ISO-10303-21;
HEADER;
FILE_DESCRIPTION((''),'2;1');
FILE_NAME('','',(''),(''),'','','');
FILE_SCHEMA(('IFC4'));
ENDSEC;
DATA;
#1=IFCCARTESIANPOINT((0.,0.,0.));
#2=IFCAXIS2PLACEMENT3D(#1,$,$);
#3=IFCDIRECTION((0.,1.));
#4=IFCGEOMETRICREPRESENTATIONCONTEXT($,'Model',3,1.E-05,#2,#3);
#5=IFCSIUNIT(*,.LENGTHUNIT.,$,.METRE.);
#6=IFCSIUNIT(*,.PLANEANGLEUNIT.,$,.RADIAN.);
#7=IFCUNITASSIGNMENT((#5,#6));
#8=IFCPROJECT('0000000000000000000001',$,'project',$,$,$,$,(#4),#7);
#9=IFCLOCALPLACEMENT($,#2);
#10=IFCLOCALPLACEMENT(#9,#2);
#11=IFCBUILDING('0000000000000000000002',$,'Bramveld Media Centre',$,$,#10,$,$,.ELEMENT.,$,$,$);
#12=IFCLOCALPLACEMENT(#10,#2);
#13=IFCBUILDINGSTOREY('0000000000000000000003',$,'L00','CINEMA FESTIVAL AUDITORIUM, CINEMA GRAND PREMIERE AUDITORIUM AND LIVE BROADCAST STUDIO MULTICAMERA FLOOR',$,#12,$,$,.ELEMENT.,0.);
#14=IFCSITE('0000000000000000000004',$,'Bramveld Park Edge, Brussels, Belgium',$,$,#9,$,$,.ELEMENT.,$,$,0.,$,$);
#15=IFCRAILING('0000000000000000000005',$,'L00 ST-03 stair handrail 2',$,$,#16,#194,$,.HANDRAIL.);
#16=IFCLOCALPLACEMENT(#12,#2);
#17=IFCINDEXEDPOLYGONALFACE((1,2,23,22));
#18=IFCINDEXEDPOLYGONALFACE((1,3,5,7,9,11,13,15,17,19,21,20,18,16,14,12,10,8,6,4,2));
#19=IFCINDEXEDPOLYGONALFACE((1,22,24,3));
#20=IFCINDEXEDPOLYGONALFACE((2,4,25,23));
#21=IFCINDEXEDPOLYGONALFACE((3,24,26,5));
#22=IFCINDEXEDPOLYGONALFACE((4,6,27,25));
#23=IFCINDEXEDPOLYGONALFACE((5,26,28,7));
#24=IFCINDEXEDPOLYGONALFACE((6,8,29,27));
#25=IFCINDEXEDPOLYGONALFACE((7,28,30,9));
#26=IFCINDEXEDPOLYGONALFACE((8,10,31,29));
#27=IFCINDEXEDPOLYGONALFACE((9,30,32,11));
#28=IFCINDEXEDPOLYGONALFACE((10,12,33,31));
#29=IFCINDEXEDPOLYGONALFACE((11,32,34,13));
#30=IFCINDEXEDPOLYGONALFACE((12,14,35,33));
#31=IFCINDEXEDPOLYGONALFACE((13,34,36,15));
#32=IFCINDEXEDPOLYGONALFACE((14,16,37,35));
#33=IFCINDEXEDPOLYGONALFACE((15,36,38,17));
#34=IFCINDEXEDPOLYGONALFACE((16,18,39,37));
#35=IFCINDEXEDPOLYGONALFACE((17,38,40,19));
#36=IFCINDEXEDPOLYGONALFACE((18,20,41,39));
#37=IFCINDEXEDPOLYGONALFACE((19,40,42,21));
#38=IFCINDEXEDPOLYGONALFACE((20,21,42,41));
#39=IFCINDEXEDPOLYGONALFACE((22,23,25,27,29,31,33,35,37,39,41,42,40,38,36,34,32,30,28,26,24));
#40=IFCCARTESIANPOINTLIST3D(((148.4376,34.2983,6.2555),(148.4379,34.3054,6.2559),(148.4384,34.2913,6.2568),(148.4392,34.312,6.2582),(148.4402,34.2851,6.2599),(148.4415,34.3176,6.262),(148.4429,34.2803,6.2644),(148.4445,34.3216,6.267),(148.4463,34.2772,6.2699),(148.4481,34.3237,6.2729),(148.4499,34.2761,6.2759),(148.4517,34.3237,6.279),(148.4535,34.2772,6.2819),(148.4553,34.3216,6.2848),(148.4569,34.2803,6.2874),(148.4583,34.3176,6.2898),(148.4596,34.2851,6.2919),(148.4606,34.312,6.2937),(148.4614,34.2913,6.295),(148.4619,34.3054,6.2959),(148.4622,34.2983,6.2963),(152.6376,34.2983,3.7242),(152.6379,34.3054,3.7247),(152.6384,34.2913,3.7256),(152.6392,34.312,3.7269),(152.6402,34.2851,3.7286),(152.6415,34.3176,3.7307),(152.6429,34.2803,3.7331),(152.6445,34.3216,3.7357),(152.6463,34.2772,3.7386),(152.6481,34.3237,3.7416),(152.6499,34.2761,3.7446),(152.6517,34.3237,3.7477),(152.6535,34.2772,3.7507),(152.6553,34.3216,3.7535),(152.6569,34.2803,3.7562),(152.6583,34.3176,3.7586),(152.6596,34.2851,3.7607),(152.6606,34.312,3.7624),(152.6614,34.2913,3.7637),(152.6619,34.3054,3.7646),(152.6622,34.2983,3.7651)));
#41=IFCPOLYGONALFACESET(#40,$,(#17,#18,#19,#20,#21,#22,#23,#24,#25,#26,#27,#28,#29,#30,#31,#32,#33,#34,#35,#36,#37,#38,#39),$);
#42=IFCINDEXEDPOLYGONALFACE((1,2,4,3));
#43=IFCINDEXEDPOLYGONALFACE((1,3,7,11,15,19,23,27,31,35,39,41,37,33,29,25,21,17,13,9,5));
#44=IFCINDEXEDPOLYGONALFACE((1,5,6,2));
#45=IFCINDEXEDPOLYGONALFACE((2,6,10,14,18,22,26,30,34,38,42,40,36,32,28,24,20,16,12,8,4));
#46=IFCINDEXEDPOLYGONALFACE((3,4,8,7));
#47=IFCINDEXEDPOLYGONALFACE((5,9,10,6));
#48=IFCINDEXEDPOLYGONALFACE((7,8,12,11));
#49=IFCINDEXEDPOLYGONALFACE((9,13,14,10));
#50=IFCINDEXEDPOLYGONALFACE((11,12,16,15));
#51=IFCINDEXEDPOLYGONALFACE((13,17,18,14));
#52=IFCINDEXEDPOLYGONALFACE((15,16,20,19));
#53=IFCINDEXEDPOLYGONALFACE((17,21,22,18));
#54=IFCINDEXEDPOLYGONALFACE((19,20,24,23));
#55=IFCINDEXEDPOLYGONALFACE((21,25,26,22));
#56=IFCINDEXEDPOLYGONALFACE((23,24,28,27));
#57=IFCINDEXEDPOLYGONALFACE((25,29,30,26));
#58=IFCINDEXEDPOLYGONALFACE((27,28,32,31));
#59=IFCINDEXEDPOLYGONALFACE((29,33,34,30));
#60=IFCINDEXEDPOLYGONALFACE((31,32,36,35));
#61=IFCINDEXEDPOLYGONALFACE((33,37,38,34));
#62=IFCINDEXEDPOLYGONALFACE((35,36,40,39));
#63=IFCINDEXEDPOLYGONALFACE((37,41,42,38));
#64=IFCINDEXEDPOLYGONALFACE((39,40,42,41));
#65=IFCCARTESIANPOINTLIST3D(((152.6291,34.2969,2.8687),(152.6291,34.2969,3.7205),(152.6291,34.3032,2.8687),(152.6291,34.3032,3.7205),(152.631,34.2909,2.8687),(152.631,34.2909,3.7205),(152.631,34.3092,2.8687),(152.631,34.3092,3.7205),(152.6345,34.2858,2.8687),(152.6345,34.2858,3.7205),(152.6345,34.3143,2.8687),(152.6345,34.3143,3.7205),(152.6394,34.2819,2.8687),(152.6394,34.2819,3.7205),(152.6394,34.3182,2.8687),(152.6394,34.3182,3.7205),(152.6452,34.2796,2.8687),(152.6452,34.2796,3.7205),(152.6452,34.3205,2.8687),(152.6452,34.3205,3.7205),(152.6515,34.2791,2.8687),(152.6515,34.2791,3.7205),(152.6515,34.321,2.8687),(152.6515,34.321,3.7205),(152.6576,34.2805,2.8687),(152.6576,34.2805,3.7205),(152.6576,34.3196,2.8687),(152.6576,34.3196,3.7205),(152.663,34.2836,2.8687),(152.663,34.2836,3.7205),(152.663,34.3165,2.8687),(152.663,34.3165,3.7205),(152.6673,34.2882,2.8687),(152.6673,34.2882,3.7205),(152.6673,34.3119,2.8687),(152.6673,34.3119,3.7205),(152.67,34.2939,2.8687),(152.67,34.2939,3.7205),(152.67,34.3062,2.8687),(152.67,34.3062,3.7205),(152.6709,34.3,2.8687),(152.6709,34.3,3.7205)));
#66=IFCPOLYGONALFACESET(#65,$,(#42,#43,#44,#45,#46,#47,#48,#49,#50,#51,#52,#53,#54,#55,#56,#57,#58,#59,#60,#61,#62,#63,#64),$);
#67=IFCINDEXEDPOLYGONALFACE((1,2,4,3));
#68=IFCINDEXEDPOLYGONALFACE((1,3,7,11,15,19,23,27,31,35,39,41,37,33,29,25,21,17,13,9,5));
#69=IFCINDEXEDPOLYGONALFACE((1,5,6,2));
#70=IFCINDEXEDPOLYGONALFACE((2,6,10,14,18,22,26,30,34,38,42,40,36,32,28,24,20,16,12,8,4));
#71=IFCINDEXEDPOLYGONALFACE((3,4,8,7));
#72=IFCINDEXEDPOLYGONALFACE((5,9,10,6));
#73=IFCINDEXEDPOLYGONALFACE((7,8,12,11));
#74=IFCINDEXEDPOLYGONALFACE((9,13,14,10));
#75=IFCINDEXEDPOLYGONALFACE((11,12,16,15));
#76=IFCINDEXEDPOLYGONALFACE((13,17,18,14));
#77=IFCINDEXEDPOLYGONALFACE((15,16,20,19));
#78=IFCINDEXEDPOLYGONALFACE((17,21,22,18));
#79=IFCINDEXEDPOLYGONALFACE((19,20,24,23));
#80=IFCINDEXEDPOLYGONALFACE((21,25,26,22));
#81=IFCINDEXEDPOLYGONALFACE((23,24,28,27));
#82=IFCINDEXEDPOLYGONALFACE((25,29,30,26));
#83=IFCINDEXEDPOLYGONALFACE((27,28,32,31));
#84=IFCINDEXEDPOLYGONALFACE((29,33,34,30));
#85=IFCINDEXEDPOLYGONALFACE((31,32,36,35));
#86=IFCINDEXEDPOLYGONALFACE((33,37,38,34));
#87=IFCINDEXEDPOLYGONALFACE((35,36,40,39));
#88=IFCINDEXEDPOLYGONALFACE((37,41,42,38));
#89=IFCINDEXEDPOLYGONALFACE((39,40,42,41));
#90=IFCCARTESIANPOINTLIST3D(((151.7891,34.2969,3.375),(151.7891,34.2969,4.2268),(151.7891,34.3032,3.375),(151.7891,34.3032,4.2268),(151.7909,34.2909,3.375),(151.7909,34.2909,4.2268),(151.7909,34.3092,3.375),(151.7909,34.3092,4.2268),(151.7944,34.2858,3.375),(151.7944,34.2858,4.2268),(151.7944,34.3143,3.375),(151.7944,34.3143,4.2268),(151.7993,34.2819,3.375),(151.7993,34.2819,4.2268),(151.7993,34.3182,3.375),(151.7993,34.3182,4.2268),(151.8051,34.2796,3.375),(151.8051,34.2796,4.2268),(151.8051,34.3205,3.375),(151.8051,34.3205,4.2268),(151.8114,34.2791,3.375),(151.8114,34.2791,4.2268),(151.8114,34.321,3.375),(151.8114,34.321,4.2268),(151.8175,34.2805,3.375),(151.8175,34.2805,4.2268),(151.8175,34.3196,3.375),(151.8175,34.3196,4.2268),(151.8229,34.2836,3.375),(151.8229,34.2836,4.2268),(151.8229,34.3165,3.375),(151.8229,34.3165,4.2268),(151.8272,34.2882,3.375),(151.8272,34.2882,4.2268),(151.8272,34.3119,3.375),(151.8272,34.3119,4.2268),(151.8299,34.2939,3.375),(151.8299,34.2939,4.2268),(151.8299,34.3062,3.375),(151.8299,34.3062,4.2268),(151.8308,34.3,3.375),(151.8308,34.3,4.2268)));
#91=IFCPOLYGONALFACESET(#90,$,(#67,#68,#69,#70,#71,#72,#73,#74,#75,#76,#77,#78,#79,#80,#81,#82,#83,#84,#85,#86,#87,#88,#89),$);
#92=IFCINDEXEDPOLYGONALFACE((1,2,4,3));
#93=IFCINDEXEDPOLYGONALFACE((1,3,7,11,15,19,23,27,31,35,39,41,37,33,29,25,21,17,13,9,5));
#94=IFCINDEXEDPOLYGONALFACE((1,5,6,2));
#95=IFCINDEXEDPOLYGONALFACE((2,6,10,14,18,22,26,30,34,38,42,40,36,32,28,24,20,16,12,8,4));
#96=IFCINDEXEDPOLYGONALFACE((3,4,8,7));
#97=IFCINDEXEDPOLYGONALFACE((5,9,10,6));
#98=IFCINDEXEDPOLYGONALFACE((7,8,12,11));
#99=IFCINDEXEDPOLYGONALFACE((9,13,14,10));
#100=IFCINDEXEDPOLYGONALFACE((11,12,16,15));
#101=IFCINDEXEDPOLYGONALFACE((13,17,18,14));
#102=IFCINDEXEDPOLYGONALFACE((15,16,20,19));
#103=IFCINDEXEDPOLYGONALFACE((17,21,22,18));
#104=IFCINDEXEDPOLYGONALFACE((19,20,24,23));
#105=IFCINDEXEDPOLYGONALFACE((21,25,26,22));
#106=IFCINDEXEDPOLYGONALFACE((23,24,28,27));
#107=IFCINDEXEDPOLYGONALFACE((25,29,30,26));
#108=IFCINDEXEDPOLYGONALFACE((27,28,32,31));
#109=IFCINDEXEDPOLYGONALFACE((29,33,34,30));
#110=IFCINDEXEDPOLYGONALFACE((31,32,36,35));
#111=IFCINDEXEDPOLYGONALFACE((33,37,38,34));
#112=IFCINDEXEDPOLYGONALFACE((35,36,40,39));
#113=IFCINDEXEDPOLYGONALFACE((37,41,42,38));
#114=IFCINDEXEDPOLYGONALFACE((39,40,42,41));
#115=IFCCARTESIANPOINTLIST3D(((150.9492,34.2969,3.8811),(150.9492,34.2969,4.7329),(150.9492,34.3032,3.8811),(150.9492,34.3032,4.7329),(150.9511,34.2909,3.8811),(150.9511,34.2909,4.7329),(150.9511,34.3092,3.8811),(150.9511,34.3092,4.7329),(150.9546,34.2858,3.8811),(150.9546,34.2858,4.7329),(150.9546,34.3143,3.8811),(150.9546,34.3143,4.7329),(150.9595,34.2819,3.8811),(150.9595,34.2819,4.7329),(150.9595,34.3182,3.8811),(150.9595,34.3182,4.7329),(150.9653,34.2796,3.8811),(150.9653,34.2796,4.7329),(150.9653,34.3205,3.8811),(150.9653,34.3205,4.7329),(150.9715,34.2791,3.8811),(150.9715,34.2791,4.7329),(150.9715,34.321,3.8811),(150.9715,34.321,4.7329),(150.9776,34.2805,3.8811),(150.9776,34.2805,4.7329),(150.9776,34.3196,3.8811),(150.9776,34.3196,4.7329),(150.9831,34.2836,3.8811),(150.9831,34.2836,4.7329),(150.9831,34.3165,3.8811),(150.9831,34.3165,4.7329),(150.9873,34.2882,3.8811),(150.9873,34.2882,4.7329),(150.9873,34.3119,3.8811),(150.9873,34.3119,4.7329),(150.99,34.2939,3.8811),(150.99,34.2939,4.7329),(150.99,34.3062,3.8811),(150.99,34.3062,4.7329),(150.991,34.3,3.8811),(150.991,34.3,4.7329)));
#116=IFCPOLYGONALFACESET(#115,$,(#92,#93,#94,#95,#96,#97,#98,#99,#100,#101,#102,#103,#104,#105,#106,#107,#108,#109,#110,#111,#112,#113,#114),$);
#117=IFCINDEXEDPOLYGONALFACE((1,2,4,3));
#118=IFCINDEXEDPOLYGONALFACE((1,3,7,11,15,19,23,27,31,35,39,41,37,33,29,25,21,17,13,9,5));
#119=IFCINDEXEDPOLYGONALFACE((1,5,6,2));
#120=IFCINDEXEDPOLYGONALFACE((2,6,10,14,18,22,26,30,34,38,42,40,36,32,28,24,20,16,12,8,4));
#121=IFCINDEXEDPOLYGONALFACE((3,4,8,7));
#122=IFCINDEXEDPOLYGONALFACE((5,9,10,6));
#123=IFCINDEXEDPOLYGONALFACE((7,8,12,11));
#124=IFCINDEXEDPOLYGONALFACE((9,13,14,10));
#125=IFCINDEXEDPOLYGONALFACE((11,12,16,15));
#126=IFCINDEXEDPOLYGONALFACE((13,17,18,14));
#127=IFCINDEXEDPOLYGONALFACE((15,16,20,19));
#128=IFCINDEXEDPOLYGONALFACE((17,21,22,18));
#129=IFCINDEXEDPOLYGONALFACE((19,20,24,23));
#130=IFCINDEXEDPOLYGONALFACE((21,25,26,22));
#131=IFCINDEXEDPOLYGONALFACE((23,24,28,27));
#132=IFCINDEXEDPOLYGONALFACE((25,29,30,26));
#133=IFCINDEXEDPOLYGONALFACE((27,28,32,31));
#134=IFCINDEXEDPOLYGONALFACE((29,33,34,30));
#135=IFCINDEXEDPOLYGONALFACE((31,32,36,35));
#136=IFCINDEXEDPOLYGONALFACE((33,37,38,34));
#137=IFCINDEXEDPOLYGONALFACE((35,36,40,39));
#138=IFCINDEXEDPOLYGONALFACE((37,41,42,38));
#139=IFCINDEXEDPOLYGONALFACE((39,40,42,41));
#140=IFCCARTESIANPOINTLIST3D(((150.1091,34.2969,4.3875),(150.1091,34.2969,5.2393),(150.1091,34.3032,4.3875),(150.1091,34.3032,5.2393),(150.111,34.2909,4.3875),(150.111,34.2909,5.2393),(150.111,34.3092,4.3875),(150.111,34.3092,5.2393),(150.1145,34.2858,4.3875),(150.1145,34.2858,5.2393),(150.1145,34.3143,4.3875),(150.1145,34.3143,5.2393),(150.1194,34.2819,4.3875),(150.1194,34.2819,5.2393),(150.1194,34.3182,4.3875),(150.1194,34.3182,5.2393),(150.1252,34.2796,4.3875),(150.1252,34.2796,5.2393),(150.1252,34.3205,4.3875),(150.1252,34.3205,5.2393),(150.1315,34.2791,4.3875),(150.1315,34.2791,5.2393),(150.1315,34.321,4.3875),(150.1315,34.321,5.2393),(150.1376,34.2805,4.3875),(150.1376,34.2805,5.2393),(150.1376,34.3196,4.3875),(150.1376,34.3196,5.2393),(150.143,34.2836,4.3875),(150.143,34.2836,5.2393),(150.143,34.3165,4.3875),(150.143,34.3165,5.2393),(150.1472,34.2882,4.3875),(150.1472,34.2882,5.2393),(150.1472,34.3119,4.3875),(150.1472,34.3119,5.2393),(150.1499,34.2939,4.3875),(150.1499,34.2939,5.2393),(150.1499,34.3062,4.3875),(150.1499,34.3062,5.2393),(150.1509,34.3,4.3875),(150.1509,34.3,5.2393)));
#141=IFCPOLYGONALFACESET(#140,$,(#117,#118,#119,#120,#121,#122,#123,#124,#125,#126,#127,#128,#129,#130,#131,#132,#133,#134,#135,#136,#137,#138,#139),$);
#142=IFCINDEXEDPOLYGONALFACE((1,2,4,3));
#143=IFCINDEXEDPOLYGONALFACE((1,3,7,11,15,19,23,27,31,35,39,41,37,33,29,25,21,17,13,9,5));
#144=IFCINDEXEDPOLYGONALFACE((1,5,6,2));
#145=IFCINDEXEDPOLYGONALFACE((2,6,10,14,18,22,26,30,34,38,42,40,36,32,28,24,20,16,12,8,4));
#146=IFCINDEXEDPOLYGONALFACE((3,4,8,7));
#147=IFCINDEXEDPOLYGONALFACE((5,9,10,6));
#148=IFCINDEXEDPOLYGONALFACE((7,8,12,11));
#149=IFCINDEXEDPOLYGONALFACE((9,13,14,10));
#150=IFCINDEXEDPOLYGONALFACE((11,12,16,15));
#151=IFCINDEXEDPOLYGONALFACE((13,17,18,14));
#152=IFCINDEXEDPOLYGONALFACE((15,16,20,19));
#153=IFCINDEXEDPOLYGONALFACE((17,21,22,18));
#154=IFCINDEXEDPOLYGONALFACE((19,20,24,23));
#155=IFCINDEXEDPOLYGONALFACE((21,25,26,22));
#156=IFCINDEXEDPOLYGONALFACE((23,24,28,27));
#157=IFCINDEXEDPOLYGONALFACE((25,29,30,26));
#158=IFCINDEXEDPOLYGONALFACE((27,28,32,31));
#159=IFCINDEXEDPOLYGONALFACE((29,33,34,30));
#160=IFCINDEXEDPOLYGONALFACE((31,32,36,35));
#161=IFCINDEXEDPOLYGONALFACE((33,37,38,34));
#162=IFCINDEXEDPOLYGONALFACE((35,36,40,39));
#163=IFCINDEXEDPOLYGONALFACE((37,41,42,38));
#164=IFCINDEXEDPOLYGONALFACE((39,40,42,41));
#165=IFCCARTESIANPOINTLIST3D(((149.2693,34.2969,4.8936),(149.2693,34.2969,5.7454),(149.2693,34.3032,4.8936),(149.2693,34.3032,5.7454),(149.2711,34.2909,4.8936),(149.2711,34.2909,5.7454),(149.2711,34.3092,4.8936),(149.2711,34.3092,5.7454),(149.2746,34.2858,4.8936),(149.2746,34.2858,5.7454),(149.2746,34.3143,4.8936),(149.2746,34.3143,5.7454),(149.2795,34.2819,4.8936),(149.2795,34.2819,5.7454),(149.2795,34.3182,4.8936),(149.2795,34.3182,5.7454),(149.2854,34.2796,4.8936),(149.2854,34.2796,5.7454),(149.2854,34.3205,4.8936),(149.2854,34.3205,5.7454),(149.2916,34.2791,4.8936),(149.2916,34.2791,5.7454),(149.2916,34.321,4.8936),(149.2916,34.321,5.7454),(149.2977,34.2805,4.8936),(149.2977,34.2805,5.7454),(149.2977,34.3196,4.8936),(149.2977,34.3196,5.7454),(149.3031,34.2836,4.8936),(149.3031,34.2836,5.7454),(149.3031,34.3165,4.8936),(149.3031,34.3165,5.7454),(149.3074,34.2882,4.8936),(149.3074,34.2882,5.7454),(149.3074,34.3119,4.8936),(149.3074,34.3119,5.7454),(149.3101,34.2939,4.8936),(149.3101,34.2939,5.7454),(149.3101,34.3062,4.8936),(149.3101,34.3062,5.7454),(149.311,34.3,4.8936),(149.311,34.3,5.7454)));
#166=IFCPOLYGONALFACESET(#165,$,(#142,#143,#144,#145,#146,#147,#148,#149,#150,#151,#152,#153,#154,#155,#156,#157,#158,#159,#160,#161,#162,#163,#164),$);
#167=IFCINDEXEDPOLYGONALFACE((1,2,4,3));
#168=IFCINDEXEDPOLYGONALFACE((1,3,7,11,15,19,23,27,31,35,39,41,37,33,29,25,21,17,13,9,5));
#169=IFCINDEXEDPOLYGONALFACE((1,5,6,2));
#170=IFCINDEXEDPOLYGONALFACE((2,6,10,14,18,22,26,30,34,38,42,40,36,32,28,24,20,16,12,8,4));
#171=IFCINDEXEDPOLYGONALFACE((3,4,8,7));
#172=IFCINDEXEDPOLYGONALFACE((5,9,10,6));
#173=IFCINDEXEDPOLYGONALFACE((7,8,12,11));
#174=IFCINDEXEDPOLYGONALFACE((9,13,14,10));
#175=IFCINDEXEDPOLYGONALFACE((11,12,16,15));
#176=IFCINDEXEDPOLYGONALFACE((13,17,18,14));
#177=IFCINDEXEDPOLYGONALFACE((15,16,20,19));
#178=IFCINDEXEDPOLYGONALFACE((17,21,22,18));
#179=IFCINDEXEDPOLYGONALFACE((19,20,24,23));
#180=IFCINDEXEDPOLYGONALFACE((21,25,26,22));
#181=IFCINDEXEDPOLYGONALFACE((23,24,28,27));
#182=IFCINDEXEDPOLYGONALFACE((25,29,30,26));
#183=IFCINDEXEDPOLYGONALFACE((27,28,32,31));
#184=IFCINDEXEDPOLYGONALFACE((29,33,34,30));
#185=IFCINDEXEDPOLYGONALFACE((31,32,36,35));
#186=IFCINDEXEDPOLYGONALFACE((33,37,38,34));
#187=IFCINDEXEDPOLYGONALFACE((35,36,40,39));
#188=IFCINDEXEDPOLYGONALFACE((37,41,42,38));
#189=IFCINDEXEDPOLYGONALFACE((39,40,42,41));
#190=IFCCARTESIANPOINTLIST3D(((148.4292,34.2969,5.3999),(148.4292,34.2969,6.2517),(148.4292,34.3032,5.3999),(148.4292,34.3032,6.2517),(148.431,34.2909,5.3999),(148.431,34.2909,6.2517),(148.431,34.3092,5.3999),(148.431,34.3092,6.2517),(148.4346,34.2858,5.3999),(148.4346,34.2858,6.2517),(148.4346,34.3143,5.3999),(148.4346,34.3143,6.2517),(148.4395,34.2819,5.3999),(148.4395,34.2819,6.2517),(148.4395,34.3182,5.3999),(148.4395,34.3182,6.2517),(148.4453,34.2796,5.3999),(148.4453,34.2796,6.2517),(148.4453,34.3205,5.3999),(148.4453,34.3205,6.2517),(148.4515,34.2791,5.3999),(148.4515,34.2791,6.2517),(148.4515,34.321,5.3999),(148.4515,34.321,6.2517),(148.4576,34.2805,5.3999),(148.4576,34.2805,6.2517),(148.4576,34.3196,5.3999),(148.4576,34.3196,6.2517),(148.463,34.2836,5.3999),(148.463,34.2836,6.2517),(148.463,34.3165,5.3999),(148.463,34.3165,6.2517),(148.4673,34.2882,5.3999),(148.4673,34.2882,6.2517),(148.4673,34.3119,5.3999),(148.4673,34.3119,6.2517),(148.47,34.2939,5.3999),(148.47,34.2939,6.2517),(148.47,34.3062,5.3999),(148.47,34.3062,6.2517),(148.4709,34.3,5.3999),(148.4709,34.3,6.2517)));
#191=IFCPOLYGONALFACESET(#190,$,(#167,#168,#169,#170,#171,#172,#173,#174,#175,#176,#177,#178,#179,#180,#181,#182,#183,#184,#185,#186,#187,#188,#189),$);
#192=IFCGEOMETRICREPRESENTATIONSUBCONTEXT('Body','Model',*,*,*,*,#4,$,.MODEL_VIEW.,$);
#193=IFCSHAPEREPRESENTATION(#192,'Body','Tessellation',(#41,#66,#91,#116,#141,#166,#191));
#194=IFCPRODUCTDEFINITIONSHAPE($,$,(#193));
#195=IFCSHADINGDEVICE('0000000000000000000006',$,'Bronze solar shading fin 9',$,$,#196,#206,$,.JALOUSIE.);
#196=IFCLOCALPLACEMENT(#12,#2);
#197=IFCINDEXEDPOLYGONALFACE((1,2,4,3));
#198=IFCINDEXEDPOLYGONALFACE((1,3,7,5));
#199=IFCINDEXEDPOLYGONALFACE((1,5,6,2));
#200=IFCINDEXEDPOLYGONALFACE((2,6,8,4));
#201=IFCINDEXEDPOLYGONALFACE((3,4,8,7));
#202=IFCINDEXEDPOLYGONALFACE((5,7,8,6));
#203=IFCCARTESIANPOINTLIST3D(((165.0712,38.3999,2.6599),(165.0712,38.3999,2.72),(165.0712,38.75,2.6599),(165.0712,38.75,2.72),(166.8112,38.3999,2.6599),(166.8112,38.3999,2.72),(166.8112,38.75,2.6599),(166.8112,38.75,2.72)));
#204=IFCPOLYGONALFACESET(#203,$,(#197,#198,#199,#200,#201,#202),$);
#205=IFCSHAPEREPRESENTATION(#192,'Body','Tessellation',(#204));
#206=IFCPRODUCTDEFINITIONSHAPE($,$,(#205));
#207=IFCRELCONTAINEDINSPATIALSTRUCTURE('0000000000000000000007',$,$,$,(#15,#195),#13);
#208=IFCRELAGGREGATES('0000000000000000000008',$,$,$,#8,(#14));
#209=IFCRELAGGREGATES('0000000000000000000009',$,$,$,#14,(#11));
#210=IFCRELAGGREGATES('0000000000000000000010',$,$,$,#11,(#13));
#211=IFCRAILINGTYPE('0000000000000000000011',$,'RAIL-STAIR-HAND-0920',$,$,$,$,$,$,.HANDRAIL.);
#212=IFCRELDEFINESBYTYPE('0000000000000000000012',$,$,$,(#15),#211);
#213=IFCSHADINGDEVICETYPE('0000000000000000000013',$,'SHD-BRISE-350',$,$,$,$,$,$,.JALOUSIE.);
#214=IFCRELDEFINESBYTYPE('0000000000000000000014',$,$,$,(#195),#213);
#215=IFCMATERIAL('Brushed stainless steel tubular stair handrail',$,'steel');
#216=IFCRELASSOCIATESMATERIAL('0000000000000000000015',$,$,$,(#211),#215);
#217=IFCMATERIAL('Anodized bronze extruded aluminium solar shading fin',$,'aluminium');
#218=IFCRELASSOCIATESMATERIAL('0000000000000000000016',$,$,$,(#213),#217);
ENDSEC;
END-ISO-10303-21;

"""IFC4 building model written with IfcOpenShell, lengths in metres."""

from ifc_helpers import new_model, si_unit, direction, frame, origin, origin_2d, place, context, subcontext, project, spatial, rectangle, circle, extrude, material, type_object, element, save


model = new_model("IFC4")

# Units and contexts
model_context = context("Model", 3, precision=1e-05, world=origin(), true_north=direction((0.0, 1.0)))
body_context = subcontext(model_context, "Body", "Model", "MODEL_VIEW")
ifc_project = project(units=[si_unit("LENGTHUNIT", "METRE"), si_unit("PLANEANGLEUNIT", "RADIAN")], contexts=[model_context])

# Site, building, storey
site_placement = place(None, origin())
site = spatial("IfcSite", under=ifc_project, at=site_placement, Name="Bramveld Park Edge, Brussels, Belgium", CompositionType="ELEMENT", RefElevation=0.0)
building_placement = place(site_placement, origin())
building = spatial("IfcBuilding", under=site, at=building_placement, Name="Bramveld Media Centre", CompositionType="ELEMENT")
storey_placement = place(building_placement, origin())
storey = spatial("IfcBuildingStorey", under=building, at=storey_placement, Name="L00", Description="CINEMA FESTIVAL AUDITORIUM, CINEMA GRAND PREMIERE AUDITORIUM AND LIVE BROADCAST STUDIO MULTICAMERA FLOOR", CompositionType="ELEMENT", Elevation=0.0)

# Railing
ifc_material_1 = material(Name="Brushed stainless steel tubular stair handrail", Category="steel")
railing_type_1 = type_object("IfcRailingType", Name="RAIL-STAIR-HAND-0920", PredefinedType="HANDRAIL", material=ifc_material_1)
railing_1_placement = place(storey_placement, frame((152.6499, 34.3, 2.8687)))
element("IfcRailing", 1, at=railing_1_placement, inside=storey, type_object=railing_type_1, Name="L00 ST-03 stair handrail 2", PredefinedType="HANDRAIL", context=body_context, shape_type="SweptSolid", body=[
    extrude(circle(Radius=0.0239, at=origin_2d()), frame((0.0, 0.0, 0.876), z_axis=(-0.856476, 0.0, 0.516186), x_axis=(0.0, -1.0, 0.0)), (0.0, 0.0, 1.0), 4.9038),
    extrude(circle(Radius=0.021, at=origin_2d()), origin(), (0.0, 0.0, 1.0), 0.8518),
    extrude(circle(Radius=0.021, at=origin_2d()), frame((-0.8401, 0.0, 0.5063)), (0.0, 0.0, 1.0), 0.8518),
    extrude(circle(Radius=0.021, at=origin_2d()), frame((-1.6799, 0.0, 1.0125)), (0.0, 0.0, 1.0), 0.8518),
    extrude(circle(Radius=0.021, at=origin_2d()), frame((-2.52, 0.0, 1.5188)), (0.0, 0.0, 1.0), 0.8518),
    extrude(circle(Radius=0.021, at=origin_2d()), frame((-3.3599, 0.0, 2.0249)), (0.0, 0.0, 1.0), 0.8518),
    extrude(circle(Radius=0.021, at=origin_2d()), frame((-4.2, 0.0, 2.5312)), (0.0, 0.0, 1.0), 0.8518),
])

# Shading device
ifc_material_2 = material(Name="Anodized bronze extruded aluminium solar shading fin", Category="aluminium")
shading_device_type_1 = type_object("IfcShadingDeviceType", Name="SHD-BRISE-350", PredefinedType="JALOUSIE", material=ifc_material_2)
shading_device_1_placement = place(storey_placement, frame((165.9412, 38.575, 2.6599), z_axis=(0.0, 0.0, 1.0), x_axis=(1.0, 0.0, 0.0)))
element("IfcShadingDevice", 2, at=shading_device_1_placement, inside=storey, type_object=shading_device_type_1, Name="Bronze solar shading fin 9", PredefinedType="JALOUSIE", context=body_context, shape_type="SweptSolid", body=[
    extrude(rectangle(XDim=1.74, YDim=0.3501, at=origin_2d()), origin(), (0.0, 0.0, 1.0), 0.0601),
])

save(model, "model.ifc")
